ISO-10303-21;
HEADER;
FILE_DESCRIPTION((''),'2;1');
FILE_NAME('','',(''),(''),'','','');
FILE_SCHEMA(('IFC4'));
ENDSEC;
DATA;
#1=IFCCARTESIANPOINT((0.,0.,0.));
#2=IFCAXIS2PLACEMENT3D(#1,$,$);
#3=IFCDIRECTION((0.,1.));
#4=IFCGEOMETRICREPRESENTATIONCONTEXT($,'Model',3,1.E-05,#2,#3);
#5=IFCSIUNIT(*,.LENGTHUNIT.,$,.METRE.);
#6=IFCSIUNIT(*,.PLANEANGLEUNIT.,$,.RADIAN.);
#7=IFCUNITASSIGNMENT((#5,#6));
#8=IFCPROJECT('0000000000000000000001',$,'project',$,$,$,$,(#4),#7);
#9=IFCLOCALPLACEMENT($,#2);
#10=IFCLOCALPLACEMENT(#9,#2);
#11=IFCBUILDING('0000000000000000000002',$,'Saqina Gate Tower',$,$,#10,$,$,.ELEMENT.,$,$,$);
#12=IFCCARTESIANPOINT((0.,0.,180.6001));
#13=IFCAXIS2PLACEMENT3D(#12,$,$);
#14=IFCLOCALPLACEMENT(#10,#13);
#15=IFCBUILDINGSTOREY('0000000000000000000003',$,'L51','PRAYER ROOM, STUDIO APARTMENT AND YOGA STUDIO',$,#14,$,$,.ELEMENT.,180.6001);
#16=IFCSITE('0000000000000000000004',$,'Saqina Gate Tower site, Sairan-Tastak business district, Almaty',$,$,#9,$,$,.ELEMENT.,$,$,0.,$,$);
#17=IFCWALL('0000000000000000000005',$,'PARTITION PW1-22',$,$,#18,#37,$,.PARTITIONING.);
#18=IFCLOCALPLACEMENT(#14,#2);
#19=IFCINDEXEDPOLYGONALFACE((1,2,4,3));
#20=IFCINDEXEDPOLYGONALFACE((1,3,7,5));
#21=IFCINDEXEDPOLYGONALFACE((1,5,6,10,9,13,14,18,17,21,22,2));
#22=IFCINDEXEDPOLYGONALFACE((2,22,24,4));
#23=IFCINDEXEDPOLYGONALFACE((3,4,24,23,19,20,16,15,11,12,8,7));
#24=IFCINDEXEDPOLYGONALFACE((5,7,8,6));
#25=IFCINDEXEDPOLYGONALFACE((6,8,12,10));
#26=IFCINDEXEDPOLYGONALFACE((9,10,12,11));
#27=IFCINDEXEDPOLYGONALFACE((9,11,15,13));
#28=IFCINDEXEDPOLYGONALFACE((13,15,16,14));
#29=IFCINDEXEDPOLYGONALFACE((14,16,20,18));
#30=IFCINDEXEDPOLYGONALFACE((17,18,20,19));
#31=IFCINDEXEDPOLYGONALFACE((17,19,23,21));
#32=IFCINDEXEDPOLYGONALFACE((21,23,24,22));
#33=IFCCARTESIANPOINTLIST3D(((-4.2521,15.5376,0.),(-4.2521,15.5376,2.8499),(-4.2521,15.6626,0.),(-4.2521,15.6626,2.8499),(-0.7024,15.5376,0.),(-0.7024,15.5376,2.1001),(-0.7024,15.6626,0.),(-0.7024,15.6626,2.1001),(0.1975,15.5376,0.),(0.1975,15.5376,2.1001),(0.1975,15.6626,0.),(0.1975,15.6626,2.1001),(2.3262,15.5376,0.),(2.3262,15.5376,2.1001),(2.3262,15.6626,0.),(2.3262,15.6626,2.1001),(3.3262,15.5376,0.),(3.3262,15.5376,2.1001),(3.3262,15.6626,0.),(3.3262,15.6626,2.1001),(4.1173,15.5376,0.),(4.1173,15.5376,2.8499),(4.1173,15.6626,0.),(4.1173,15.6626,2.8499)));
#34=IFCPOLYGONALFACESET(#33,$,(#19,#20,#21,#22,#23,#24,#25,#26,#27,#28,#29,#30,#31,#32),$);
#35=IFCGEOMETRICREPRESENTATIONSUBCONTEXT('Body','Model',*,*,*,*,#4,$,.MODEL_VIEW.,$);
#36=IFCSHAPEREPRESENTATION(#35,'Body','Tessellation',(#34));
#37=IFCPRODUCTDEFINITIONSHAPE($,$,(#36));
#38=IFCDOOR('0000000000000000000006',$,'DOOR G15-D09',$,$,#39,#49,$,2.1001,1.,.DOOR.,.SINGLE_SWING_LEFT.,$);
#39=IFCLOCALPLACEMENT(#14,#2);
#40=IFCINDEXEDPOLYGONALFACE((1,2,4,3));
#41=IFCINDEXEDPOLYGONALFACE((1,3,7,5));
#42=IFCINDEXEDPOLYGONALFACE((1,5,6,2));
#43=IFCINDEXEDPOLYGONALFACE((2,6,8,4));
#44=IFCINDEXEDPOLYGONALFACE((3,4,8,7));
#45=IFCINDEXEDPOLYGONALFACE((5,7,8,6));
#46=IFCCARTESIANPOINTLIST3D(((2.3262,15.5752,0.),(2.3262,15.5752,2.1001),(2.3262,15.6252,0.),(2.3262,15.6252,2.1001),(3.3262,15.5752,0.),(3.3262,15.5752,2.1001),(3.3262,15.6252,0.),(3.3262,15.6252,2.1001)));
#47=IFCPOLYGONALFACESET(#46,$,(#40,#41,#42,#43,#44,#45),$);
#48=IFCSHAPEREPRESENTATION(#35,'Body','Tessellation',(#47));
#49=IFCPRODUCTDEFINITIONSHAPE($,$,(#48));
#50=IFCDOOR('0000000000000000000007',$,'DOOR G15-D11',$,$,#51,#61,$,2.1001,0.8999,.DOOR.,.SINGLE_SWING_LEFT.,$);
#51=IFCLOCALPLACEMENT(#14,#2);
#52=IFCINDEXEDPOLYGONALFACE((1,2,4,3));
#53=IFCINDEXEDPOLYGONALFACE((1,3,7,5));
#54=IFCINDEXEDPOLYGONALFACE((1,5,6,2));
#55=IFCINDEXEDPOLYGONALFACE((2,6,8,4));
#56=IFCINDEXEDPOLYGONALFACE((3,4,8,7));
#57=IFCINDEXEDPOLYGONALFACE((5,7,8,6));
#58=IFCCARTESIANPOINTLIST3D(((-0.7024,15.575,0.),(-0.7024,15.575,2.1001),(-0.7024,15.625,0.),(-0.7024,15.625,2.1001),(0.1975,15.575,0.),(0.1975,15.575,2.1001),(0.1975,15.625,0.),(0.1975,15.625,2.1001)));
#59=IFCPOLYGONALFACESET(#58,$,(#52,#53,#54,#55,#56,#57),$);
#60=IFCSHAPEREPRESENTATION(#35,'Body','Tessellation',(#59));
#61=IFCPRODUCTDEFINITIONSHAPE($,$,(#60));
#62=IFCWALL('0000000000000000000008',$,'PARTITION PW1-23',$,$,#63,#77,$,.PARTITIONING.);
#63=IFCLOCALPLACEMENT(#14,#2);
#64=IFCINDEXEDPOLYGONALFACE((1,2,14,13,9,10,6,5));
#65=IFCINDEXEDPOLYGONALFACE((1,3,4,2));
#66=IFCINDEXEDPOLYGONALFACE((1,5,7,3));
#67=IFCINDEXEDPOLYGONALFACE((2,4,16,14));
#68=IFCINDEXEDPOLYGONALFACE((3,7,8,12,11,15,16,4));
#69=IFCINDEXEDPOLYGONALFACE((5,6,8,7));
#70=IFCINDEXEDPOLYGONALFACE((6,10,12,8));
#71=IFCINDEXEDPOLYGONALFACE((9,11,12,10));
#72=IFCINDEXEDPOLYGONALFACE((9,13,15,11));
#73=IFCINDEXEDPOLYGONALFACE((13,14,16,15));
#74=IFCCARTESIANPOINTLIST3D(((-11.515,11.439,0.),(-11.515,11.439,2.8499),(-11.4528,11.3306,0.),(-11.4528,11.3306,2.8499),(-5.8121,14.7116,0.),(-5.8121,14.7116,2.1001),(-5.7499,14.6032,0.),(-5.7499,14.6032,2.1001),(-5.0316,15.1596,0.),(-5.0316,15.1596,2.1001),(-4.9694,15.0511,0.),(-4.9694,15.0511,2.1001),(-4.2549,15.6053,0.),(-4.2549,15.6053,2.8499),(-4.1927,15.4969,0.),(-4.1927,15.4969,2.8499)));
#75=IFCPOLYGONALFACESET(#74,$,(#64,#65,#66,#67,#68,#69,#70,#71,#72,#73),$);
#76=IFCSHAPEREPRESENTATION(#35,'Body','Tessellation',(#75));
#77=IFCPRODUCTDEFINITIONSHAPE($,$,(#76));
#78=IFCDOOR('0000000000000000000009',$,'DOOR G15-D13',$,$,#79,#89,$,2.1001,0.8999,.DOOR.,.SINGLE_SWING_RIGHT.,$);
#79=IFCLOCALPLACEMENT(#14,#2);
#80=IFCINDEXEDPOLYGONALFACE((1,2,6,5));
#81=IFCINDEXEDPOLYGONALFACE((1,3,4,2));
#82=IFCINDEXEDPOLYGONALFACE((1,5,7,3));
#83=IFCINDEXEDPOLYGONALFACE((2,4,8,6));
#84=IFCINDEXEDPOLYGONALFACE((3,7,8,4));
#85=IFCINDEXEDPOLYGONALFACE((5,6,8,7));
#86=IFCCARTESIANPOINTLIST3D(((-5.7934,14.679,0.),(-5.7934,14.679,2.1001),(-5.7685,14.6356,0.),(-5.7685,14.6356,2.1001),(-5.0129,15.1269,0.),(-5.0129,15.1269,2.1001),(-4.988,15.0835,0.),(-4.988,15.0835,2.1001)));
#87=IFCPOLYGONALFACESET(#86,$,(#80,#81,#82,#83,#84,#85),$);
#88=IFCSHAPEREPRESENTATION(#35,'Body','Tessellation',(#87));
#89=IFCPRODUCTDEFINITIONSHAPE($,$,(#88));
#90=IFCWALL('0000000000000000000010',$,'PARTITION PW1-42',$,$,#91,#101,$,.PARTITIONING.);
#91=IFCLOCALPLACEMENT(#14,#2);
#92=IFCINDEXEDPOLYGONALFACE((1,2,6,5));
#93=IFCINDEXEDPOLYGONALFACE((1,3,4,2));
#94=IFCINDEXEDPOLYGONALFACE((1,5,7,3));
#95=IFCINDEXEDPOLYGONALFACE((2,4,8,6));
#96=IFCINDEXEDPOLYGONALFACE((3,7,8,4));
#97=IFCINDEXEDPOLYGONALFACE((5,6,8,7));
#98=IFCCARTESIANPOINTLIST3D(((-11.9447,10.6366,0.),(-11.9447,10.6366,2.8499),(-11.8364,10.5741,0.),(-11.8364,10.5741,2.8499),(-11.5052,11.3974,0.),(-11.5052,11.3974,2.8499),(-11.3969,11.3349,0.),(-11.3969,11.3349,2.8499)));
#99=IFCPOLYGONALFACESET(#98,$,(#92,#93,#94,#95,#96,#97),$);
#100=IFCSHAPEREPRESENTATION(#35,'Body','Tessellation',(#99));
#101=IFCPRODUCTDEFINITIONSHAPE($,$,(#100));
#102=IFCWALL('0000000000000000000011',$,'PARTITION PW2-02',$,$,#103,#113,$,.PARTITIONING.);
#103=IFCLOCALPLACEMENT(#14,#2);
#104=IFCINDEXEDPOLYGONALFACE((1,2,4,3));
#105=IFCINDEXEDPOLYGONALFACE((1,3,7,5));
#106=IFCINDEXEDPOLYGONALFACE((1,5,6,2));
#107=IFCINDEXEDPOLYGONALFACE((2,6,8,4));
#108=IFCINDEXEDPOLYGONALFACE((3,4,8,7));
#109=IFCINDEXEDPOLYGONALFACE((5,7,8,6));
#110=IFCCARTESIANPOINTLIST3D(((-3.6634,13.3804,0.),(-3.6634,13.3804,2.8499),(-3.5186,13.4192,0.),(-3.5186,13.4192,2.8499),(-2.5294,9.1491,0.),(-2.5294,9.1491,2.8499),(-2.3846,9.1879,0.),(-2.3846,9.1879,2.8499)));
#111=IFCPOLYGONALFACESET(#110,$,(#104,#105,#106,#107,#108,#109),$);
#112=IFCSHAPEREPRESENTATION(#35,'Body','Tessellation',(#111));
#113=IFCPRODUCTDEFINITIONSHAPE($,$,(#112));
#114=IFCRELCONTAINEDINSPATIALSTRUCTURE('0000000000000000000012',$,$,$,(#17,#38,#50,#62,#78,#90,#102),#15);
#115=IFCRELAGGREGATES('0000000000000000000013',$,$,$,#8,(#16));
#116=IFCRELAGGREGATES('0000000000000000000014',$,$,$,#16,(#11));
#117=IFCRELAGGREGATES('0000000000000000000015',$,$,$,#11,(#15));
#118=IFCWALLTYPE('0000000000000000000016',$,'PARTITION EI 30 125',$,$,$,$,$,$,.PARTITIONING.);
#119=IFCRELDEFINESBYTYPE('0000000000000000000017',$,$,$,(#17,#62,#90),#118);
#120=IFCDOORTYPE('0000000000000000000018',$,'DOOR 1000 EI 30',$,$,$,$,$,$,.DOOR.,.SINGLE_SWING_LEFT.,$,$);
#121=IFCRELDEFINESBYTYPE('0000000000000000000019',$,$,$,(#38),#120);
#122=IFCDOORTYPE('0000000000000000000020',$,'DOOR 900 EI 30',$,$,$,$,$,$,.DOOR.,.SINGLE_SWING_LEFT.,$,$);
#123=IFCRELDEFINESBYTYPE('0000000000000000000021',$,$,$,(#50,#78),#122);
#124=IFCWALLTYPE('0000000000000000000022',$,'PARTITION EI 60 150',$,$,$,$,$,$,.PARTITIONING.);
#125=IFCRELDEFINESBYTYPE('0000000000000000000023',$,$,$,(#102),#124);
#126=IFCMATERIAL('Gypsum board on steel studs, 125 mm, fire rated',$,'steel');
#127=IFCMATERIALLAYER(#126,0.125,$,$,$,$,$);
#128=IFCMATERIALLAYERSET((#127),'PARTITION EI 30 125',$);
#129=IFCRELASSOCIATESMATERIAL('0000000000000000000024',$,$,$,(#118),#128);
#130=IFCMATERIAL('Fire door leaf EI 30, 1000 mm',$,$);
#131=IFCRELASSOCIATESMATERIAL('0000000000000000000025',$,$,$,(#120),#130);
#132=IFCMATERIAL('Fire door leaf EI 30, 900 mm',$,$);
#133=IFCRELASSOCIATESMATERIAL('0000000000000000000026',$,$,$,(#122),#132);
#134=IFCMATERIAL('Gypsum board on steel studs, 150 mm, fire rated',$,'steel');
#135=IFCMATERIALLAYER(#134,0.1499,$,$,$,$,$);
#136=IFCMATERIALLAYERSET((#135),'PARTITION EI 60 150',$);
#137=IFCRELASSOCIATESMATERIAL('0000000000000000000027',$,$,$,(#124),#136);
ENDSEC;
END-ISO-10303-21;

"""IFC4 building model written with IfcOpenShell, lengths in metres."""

from ifc_helpers import new_model, si_unit, direction, frame, frame_2d, origin, place, context, subcontext, project, spatial, rectangle, extrude, material, layer, layer_set, type_object, element, fill, save


model = new_model("IFC4")

# Units and contexts
model_context = context("Model", 3, precision=1e-05, world=origin(), true_north=direction((0.0, 1.0)))
body_context = subcontext(model_context, "Body", "Model", "MODEL_VIEW")
ifc_project = project(units=[si_unit("LENGTHUNIT", "METRE"), si_unit("PLANEANGLEUNIT", "RADIAN")], contexts=[model_context])

# Site, building, storey
site_placement = place(None, origin())
site = spatial("IfcSite", under=ifc_project, at=site_placement, Name="Saqina Gate Tower site, Sairan-Tastak business district, Almaty", CompositionType="ELEMENT", RefElevation=0.0)
building_placement = place(site_placement, origin())
building = spatial("IfcBuilding", under=site, at=building_placement, Name="Saqina Gate Tower", CompositionType="ELEMENT")
storey_placement = place(building_placement, frame((0.0, 0.0, 180.6001)))
storey = spatial("IfcBuildingStorey", under=building, at=storey_placement, Name="L51", Description="PRAYER ROOM, STUDIO APARTMENT AND YOGA STUDIO", CompositionType="ELEMENT", Elevation=180.6001)

# Shared definitions
ifc_material_1 = material(Name="Gypsum board on steel studs, 125 mm, fire rated", Category="steel")
ifc_layer_1 = layer(ifc_material_1, 0.125)
ifc_layer_set_1 = layer_set([ifc_layer_1], Name="PARTITION EI 30 125")
wall_type_1 = type_object("IfcWallType", Name="PARTITION EI 30 125", PredefinedType="PARTITIONING", material=ifc_layer_set_1)
ifc_material_2 = material(Name="Fire door leaf EI 30, 1000 mm")
door_type_1 = type_object("IfcDoorType", Name="DOOR 1000 EI 30", OperationType="SINGLE_SWING_LEFT", PredefinedType="DOOR", material=ifc_material_2)

# Wall, openings, doors
wall_1_placement = place(storey_placement, frame((-4.252, 15.6001, 0.0), z_axis=(0.0, 0.0, 1.0), x_axis=(1.0, 0.0, 0.0)))
wall_1 = element("IfcWall", 1, at=wall_1_placement, inside=storey, type_object=wall_type_1, Name="PARTITION PW1-22", PredefinedType="PARTITIONING", context=body_context, shape_type="SweptSolid", body=[
    extrude(rectangle(XDim=8.3694, YDim=0.125, at=frame_2d((4.1846, 0.0))), origin(), (0.0, 0.0, 1.0), 2.8499),
])
opening_1_placement = place(wall_1_placement, frame((6.5781, 0.0, 0.0)))
opening_1 = element("IfcOpeningElement", 2, at=opening_1_placement, cuts=wall_1, PredefinedType="OPENING", context=body_context, shape_type="SweptSolid", body=[
    extrude(rectangle(XDim=1.0, YDim=2.1001, at=frame_2d((0.5, 1.05))), frame((0.0, 0.0745, 0.0), z_axis=(0.0, -1.0, 0.0), x_axis=(1.0, 0.0, 0.0)), (0.0, 0.0, 1.0), 0.1489),
])
opening_2_placement = place(wall_1_placement, frame((3.5496, 0.0, 0.0)))
opening_2 = element("IfcOpeningElement", 3, at=opening_2_placement, cuts=wall_1, PredefinedType="OPENING", context=body_context, shape_type="SweptSolid", body=[
    extrude(rectangle(XDim=0.8999, YDim=2.1001, at=frame_2d((0.45, 1.05))), frame((0.0, 0.0745, 0.0), z_axis=(0.0, -1.0, 0.0), x_axis=(1.0, 0.0, 0.0)), (0.0, 0.0, 1.0), 0.1489),
])
door_1_placement = place(opening_1_placement, frame((1.0, 0.0, 0.0), z_axis=(0.0, 0.0, 1.0), x_axis=(-1.0, 0.0, 0.0)))
door_1 = element("IfcDoor", 4, at=door_1_placement, inside=storey, type_object=door_type_1, Name="DOOR G15-D09", OperationType="SINGLE_SWING_LEFT", OverallHeight=2.1001, OverallWidth=1.0, PredefinedType="DOOR", context=body_context, shape_type="SweptSolid", body=[
    extrude(rectangle(XDim=1.0, YDim=2.1001, at=frame_2d((0.5, 1.05))), frame((0.0, 0.0249, 0.0), z_axis=(0.0, -1.0, 0.0), x_axis=(1.0, 0.0, 0.0)), (0.0, 0.0, 1.0), 0.05),
])
fill(opening_1, door_1)
ifc_material_3 = material(Name="Fire door leaf EI 30, 900 mm")
door_type_2 = type_object("IfcDoorType", Name="DOOR 900 EI 30", OperationType="SINGLE_SWING_LEFT", PredefinedType="DOOR", material=ifc_material_3)
door_2_placement = place(opening_2_placement, origin())
door_2 = element("IfcDoor", 5, at=door_2_placement, inside=storey, type_object=door_type_2, Name="DOOR G15-D11", OperationType="SINGLE_SWING_LEFT", OverallHeight=2.1001, OverallWidth=0.8999, PredefinedType="DOOR", context=body_context, shape_type="SweptSolid", body=[
    extrude(rectangle(XDim=0.8999, YDim=2.1001, at=frame_2d((0.45, 1.05))), frame((0.0, 0.0249, 0.0), z_axis=(0.0, -1.0, 0.0), x_axis=(1.0, 0.0, 0.0)), (0.0, 0.0, 1.0), 0.05),
])
fill(opening_2, door_2)

# Wall, opening, door
wall_2_placement = place(storey_placement, frame((-11.4839, 11.3848, 0.0), z_axis=(0.0, 0.0, 1.0), x_axis=(0.867332, 0.497731, 0.0)))
wall_2 = element("IfcWall", 6, at=wall_2_placement, inside=storey, type_object=wall_type_1, Name="PARTITION PW1-23", PredefinedType="PARTITIONING", context=body_context, shape_type="SweptSolid", body=[
    extrude(rectangle(XDim=8.3706, YDim=0.125, at=frame_2d((4.1853, 0.0))), origin(), (0.0, 0.0, 1.0), 2.8499),
])
opening_3_placement = place(wall_2_placement, frame((6.5752, 0.0, 0.0)))
opening_3 = element("IfcOpeningElement", 7, at=opening_3_placement, cuts=wall_2, PredefinedType="OPENING", context=body_context, shape_type="SweptSolid", body=[
    extrude(rectangle(XDim=0.8999, YDim=2.1001, at=frame_2d((0.45, 1.05))), frame((0.0, 0.0745, 0.0), z_axis=(0.0, -1.0, 0.0), x_axis=(1.0, 0.0, 0.0)), (0.0, 0.0, 1.0), 0.1489),
])
door_3_placement = place(opening_3_placement, origin())
door_3 = element("IfcDoor", 8, at=door_3_placement, inside=storey, type_object=door_type_2, Name="DOOR G15-D13", OperationType="SINGLE_SWING_RIGHT", OverallHeight=2.1001, OverallWidth=0.8999, PredefinedType="DOOR", context=body_context, shape_type="SweptSolid", body=[
    extrude(rectangle(XDim=0.8999, YDim=2.1001, at=frame_2d((0.45, 1.05))), frame((0.0, 0.0249, 0.0), z_axis=(0.0, -1.0, 0.0), x_axis=(1.0, 0.0, 0.0)), (0.0, 0.0, 1.0), 0.05),
])
fill(opening_3, door_3)

# Walls
wall_3_placement = place(storey_placement, frame((-11.8906, 10.6052, 0.0), z_axis=(0.0, 0.0, 1.0), x_axis=(0.500204, 0.865908, 0.0)))
element("IfcWall", 9, at=wall_3_placement, inside=storey, type_object=wall_type_1, Name="PARTITION PW1-42", PredefinedType="PARTITIONING", context=body_context, shape_type="SweptSolid", body=[
    extrude(rectangle(XDim=0.8787, YDim=0.125, at=frame_2d((0.4395, 0.0))), origin(), (0.0, 0.0, 1.0), 2.8499),
])
ifc_material_4 = material(Name="Gypsum board on steel studs, 150 mm, fire rated", Category="steel")
ifc_layer_2 = layer(ifc_material_4, 0.1499)
ifc_layer_set_2 = layer_set([ifc_layer_2], Name="PARTITION EI 60 150")
wall_type_2 = type_object("IfcWallType", Name="PARTITION EI 60 150", PredefinedType="PARTITIONING", material=ifc_layer_set_2)
wall_4_placement = place(storey_placement, frame((-3.5911, 13.3999, 0.0), z_axis=(0.0, 0.0, 1.0), x_axis=(0.25888, -0.965909, 0.0)))
element("IfcWall", 10, at=wall_4_placement, inside=storey, type_object=wall_type_2, Name="PARTITION PW2-02", PredefinedType="PARTITIONING", context=body_context, shape_type="SweptSolid", body=[
    extrude(rectangle(XDim=4.3806, YDim=0.1499, at=frame_2d((2.1904, 0.0))), origin(), (0.0, 0.0, 1.0), 2.8499),
])

save(model, "model.ifc")
